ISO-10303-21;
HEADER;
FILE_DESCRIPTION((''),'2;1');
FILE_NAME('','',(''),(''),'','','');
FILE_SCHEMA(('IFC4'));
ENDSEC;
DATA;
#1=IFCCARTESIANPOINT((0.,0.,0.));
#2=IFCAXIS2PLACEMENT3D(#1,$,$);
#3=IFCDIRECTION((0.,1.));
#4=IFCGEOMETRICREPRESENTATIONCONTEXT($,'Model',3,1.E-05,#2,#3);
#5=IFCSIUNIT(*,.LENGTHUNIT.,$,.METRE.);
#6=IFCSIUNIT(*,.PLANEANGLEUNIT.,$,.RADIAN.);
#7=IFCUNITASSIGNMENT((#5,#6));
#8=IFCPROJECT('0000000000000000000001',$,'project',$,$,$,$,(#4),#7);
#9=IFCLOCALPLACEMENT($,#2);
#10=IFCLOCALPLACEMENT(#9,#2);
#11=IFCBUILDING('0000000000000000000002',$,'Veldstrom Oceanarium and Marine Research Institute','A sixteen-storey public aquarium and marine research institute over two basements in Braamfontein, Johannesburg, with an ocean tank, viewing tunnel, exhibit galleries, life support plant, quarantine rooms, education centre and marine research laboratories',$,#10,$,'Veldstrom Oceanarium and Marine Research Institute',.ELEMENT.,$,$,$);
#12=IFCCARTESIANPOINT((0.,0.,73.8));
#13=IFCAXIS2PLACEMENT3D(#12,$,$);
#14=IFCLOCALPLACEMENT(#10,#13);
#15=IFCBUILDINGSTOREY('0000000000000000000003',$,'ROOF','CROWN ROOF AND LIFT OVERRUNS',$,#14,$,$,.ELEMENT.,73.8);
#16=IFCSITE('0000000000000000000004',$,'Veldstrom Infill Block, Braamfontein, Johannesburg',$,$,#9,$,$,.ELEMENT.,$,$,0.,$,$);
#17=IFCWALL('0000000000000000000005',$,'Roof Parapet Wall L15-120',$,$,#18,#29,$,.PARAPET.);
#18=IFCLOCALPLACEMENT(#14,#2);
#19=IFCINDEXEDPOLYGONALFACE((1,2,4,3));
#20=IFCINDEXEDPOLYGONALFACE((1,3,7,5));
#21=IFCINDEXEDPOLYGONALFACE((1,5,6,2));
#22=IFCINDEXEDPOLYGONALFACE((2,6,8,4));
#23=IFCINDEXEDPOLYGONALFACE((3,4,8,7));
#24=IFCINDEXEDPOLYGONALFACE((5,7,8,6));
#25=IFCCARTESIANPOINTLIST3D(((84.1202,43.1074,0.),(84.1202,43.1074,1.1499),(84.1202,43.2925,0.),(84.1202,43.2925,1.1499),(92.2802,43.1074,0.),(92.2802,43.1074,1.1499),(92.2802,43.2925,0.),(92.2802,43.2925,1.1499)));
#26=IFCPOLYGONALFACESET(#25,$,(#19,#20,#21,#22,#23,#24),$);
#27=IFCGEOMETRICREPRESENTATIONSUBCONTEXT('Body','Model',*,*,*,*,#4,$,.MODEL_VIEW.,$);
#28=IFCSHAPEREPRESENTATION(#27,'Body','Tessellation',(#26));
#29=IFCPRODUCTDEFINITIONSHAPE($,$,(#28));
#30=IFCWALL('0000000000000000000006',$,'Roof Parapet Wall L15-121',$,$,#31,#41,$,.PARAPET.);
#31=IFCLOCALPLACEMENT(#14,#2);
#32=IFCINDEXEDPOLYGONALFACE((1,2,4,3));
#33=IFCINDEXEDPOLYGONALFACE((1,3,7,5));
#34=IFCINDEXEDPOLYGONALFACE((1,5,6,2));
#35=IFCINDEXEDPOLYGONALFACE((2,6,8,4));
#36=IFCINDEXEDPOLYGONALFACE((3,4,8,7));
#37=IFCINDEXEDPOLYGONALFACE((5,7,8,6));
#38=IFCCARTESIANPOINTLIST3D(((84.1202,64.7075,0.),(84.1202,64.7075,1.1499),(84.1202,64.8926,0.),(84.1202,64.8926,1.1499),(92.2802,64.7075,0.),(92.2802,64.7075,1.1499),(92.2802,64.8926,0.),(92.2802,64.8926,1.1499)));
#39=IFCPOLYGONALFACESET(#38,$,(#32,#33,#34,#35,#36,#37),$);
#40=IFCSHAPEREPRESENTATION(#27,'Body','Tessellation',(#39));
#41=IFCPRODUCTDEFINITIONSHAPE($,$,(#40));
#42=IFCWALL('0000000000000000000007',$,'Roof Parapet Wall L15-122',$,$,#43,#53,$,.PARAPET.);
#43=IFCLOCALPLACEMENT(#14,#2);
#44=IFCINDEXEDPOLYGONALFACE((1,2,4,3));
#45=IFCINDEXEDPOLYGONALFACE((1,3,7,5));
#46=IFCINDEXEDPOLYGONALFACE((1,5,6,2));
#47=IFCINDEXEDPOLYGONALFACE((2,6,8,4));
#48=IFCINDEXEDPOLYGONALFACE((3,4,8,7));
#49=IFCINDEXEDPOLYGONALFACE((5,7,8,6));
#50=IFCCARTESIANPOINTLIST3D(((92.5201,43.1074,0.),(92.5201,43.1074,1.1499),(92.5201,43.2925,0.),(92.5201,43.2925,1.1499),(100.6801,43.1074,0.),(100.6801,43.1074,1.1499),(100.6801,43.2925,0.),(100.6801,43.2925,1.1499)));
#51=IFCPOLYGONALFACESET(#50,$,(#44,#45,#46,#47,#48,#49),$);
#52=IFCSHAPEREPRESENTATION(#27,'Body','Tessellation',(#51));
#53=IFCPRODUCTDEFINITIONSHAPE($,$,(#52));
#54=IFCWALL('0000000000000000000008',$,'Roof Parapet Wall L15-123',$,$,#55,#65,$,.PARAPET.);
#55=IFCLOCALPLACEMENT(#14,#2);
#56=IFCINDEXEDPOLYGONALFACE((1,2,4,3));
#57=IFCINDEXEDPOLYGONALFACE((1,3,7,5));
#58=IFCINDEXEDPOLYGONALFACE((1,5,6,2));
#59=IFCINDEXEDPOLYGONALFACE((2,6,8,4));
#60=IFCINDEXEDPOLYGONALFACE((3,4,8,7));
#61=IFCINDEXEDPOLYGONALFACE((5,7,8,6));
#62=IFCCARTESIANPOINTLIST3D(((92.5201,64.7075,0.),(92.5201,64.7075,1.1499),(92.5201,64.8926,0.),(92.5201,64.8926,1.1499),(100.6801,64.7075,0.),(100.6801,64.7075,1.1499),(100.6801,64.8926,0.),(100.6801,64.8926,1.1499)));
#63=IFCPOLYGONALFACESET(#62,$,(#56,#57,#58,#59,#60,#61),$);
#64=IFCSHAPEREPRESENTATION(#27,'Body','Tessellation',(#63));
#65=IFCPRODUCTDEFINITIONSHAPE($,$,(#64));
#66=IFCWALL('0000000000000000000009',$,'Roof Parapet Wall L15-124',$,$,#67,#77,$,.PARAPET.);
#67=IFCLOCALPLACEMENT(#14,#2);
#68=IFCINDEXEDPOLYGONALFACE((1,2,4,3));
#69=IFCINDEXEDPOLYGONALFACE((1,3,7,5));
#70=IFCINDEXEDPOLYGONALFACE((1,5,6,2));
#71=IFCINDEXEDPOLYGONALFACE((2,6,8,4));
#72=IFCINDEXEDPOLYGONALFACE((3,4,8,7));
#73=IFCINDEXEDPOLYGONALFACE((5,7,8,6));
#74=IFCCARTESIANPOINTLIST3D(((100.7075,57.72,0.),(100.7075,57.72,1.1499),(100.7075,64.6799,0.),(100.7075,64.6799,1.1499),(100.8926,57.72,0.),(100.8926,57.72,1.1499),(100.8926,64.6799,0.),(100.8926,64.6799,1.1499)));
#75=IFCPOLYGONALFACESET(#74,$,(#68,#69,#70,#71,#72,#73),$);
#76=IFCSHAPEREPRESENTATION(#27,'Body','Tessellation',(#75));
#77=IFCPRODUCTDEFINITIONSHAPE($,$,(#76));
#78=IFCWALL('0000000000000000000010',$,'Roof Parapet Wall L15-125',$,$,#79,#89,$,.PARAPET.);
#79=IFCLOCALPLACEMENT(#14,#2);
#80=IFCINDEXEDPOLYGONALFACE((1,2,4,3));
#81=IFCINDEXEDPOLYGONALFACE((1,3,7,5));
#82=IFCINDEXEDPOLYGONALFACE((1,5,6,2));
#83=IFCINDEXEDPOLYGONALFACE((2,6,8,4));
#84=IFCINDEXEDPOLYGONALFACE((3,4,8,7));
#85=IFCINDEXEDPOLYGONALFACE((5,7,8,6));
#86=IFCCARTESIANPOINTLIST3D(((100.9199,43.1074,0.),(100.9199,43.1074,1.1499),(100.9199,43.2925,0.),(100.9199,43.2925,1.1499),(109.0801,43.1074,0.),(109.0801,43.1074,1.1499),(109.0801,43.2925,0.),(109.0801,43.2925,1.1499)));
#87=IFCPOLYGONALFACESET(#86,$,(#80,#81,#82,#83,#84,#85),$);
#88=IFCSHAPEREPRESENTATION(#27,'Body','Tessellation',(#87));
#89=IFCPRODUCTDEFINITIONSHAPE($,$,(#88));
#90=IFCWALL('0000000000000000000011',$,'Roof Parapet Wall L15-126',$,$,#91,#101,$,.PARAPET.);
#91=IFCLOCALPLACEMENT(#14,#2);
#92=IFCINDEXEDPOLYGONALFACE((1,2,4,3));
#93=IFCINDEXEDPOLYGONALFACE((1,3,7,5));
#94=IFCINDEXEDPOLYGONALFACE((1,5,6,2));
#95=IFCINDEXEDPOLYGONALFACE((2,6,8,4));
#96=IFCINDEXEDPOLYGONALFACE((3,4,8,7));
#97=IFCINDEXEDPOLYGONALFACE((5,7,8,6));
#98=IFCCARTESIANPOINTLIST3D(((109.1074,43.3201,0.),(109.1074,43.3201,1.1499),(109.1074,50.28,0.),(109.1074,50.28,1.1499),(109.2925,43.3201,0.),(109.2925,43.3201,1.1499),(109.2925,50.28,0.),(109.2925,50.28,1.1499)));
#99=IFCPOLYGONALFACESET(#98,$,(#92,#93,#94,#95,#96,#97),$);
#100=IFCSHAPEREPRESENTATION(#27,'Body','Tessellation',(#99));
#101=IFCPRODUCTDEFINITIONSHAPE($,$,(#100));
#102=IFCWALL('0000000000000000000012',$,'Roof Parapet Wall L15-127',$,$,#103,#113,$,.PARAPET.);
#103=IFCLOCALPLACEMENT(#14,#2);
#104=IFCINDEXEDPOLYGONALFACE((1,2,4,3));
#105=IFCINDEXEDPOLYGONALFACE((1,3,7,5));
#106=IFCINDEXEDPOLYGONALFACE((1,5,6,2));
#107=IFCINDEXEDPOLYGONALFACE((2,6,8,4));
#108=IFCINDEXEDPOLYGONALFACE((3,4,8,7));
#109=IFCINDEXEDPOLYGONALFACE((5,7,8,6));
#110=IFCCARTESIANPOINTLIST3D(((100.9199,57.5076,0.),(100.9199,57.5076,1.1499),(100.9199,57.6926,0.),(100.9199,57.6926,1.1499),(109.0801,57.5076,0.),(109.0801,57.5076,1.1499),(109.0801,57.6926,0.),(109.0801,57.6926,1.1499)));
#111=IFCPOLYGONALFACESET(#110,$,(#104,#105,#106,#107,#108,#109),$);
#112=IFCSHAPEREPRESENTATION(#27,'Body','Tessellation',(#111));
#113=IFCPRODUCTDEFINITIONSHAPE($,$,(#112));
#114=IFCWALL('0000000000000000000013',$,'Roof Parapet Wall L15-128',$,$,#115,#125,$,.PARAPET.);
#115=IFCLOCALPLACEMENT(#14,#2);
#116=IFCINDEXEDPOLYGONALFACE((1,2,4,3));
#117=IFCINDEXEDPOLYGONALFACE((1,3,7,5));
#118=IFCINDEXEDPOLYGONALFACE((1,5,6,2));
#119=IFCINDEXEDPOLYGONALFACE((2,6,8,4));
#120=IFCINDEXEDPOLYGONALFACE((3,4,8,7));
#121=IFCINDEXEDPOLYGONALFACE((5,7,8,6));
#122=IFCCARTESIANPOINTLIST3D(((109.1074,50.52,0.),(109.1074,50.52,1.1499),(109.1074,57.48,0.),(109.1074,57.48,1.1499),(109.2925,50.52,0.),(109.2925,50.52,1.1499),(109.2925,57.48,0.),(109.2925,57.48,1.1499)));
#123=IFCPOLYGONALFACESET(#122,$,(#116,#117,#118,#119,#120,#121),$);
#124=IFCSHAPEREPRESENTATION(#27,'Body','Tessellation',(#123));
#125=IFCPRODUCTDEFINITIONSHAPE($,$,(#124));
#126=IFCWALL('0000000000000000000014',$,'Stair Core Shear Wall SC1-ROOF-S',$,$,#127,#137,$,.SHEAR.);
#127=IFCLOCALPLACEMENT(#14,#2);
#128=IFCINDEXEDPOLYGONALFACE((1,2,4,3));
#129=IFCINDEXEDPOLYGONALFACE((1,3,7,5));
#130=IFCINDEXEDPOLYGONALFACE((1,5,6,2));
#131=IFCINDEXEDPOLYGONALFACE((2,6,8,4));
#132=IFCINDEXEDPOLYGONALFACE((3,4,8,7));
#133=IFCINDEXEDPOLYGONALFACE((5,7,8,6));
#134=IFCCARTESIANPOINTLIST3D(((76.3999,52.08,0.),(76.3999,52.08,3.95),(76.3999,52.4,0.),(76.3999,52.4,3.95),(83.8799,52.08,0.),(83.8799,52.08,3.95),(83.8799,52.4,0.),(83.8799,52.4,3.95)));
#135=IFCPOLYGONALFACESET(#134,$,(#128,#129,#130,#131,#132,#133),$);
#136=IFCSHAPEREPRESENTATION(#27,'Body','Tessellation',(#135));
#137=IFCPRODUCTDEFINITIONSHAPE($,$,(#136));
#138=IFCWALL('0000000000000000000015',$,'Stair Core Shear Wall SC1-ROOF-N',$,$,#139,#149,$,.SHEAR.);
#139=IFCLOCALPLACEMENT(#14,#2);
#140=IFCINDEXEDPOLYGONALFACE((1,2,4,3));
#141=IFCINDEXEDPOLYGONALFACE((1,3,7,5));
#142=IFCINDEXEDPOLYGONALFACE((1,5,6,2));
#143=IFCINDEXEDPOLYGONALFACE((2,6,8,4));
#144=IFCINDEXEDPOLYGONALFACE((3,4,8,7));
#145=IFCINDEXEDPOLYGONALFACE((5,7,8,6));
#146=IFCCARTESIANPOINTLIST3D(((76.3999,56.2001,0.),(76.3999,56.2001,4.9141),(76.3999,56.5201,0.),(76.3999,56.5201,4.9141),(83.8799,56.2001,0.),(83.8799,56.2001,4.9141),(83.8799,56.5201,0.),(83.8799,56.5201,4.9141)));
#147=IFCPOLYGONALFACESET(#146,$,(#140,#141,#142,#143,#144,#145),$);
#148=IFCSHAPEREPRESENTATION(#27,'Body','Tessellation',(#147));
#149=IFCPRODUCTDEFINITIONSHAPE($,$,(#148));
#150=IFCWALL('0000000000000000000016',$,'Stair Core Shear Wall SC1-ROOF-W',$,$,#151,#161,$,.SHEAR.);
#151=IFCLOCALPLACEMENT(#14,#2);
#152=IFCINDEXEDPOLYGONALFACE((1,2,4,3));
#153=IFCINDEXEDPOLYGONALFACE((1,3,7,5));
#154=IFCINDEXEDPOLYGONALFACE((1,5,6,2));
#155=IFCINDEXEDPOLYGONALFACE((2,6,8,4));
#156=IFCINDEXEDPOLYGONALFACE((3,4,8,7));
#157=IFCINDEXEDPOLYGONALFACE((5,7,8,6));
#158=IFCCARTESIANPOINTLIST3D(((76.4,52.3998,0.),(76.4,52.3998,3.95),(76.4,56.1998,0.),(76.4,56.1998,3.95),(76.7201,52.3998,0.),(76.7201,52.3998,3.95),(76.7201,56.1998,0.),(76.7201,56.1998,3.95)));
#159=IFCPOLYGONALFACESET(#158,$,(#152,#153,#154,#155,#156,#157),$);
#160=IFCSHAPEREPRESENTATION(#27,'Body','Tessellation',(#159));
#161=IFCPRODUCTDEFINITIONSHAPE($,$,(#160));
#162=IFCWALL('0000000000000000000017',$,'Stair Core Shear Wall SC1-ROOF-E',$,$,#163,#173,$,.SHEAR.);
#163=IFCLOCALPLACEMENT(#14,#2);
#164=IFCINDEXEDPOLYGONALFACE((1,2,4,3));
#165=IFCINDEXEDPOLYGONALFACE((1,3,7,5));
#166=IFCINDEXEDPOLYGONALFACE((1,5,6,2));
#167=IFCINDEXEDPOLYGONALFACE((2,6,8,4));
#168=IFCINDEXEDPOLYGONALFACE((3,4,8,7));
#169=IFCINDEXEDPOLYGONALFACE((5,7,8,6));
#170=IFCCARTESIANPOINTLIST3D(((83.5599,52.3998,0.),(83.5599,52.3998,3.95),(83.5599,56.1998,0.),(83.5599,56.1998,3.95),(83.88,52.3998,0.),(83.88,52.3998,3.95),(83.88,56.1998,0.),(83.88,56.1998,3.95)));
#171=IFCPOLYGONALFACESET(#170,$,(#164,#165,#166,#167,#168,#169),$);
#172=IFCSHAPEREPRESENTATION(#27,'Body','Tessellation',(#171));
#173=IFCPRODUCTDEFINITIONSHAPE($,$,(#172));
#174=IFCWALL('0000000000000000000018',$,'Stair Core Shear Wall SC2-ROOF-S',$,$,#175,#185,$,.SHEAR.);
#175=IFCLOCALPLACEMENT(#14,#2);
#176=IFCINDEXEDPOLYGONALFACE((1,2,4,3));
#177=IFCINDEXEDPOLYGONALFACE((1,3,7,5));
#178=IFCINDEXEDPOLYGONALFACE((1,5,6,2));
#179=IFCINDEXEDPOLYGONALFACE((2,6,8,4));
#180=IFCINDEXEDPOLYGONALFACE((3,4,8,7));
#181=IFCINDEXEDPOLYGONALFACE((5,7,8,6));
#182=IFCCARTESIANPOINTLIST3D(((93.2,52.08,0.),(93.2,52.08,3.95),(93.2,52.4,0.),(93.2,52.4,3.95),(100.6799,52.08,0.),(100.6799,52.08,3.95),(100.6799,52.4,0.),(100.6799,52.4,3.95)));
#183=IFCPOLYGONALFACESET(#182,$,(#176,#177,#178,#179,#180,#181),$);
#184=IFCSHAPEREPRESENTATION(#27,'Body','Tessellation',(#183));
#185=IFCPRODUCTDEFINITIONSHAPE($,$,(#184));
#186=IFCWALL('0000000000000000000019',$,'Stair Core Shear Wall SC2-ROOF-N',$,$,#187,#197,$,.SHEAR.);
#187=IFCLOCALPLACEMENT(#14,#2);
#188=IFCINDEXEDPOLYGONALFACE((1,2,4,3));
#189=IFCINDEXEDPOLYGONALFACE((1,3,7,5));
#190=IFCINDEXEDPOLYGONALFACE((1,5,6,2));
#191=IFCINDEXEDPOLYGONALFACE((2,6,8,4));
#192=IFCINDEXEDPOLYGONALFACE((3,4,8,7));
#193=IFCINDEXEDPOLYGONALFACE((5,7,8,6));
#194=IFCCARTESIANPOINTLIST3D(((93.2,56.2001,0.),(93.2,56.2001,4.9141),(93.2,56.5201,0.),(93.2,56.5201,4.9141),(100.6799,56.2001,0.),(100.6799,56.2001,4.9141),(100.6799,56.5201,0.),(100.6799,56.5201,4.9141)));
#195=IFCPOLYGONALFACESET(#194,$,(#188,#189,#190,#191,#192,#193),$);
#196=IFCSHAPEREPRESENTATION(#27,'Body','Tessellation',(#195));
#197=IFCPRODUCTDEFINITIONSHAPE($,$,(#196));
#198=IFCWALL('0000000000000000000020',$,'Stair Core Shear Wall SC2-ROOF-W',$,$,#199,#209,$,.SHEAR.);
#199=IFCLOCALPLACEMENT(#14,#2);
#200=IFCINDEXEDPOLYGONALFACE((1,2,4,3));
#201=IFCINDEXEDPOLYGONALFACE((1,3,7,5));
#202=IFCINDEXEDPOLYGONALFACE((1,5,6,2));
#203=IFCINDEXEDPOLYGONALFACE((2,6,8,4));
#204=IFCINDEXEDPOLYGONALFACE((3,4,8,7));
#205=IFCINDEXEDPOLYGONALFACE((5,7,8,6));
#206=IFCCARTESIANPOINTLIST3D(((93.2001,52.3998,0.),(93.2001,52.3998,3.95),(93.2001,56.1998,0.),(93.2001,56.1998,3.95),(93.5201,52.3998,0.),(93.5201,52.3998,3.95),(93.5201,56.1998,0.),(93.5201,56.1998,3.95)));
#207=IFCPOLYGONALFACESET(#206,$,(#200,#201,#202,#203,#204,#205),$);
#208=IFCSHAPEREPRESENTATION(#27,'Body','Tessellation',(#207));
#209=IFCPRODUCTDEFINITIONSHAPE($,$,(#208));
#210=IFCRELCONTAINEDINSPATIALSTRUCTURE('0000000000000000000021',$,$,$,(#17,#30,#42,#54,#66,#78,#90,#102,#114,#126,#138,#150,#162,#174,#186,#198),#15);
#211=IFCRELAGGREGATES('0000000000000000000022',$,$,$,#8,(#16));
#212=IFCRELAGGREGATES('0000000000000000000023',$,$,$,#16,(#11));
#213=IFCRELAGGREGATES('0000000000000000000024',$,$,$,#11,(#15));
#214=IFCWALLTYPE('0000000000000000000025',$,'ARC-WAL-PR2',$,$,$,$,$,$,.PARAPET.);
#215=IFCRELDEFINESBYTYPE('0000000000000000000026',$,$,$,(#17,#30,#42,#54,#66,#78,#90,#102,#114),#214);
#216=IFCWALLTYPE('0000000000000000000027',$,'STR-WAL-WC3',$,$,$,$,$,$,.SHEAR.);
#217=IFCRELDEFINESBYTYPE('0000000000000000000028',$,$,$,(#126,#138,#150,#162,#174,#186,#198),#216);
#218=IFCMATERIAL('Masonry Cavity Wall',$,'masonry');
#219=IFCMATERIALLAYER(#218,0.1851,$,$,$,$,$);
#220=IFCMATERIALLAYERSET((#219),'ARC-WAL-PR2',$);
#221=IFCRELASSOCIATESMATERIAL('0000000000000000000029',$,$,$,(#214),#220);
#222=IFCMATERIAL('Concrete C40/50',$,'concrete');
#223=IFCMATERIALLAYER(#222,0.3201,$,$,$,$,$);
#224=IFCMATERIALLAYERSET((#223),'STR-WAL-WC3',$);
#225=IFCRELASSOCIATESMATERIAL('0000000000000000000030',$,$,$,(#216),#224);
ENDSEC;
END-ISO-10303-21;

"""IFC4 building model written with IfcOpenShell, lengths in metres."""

from ifc_helpers import new_model, si_unit, direction, frame, frame_2d, origin, place, context, subcontext, project, spatial, rectangle, extrude, material, layer, layer_set, type_object, element, save


model = new_model("IFC4")

# Units and contexts
model_context = context("Model", 3, precision=1e-05, world=origin(), true_north=direction((0.0, 1.0)))
body_context = subcontext(model_context, "Body", "Model", "MODEL_VIEW")
ifc_project = project(units=[si_unit("LENGTHUNIT", "METRE"), si_unit("PLANEANGLEUNIT", "RADIAN")], contexts=[model_context])

# Site, building, storey
site_placement = place(None, origin())
site = spatial("IfcSite", under=ifc_project, at=site_placement, Name="Veldstrom Infill Block, Braamfontein, Johannesburg", CompositionType="ELEMENT", RefElevation=0.0)
building_placement = place(site_placement, origin())
building = spatial("IfcBuilding", under=site, at=building_placement, Name="Veldstrom Oceanarium and Marine Research Institute", Description="A sixteen-storey public aquarium and marine research institute over two basements in Braamfontein, Johannesburg, with an ocean tank, viewing tunnel, exhibit galleries, life support plant, quarantine rooms, education centre and marine research laboratories", LongName="Veldstrom Oceanarium and Marine Research Institute", CompositionType="ELEMENT")
storey_placement = place(building_placement, frame((0.0, 0.0, 73.8)))
storey = spatial("IfcBuildingStorey", under=building, at=storey_placement, Name="ROOF", Description="CROWN ROOF AND LIFT OVERRUNS", CompositionType="ELEMENT", Elevation=73.8)

# Walls
ifc_material_1 = material(Name="Masonry Cavity Wall", Category="masonry")
ifc_layer_1 = layer(ifc_material_1, 0.1851)
ifc_layer_set_1 = layer_set([ifc_layer_1], Name="ARC-WAL-PR2")
wall_type_1 = type_object("IfcWallType", Name="ARC-WAL-PR2", PredefinedType="PARAPET", material=ifc_layer_set_1)
for number, where, z_axis, x_axis, name in (
    (1, (84.1201, 43.2, 0.0), (0.0, 0.0, 1.0), (1.0, 0.0, 0.0), "Roof Parapet Wall L15-120"),
    (2, (84.1201, 64.8, 0.0), (0.0, 0.0, 1.0), (1.0, 0.0, 0.0), "Roof Parapet Wall L15-121"),
    (3, (92.52, 43.2, 0.0), (0.0, 0.0, 1.0), (1.0, 0.0, 0.0), "Roof Parapet Wall L15-122"),
    (4, (92.52, 64.8, 0.0), (0.0, 0.0, 1.0), (1.0, 0.0, 0.0), "Roof Parapet Wall L15-123"),
):
    element("IfcWall", number, at=place(storey_placement, frame(where, z_axis=z_axis, x_axis=x_axis)), inside=storey, type_object=wall_type_1, Name=name, PredefinedType="PARAPET", context=body_context, shape_type="SweptSolid", body=[
        extrude(rectangle(XDim=8.1599, YDim=0.1851, at=frame_2d((4.0801, 0.0))), origin(), (0.0, 0.0, 1.0), 1.1499),
    ])
wall_1_placement = place(storey_placement, frame((100.8, 57.72, 0.0), z_axis=(0.0, 0.0, 1.0), x_axis=(0.0, 1.0, 0.0)))
element("IfcWall", 5, at=wall_1_placement, inside=storey, type_object=wall_type_1, Name="Roof Parapet Wall L15-124", PredefinedType="PARAPET", context=body_context, shape_type="SweptSolid", body=[
    extrude(rectangle(XDim=6.96, YDim=0.1851, at=frame_2d((3.48, 0.0))), origin(), (0.0, 0.0, 1.0), 1.1499),
])
wall_2_placement = place(storey_placement, frame((100.9199, 43.2, 0.0), z_axis=(0.0, 0.0, 1.0), x_axis=(1.0, 0.0, 0.0)))
element("IfcWall", 6, at=wall_2_placement, inside=storey, type_object=wall_type_1, Name="Roof Parapet Wall L15-125", PredefinedType="PARAPET", context=body_context, shape_type="SweptSolid", body=[
    extrude(rectangle(XDim=8.1602, YDim=0.1851, at=frame_2d((4.0801, 0.0))), origin(), (0.0, 0.0, 1.0), 1.1499),
])
wall_3_placement = place(storey_placement, frame((109.2, 43.3201, 0.0), z_axis=(0.0, 0.0, 1.0), x_axis=(0.0, 1.0, 0.0)))
element("IfcWall", 7, at=wall_3_placement, inside=storey, type_object=wall_type_1, Name="Roof Parapet Wall L15-126", PredefinedType="PARAPET", context=body_context, shape_type="SweptSolid", body=[
    extrude(rectangle(XDim=6.96, YDim=0.1851, at=frame_2d((3.48, 0.0))), origin(), (0.0, 0.0, 1.0), 1.1499),
])
wall_4_placement = place(storey_placement, frame((100.9199, 57.6001, 0.0), z_axis=(0.0, 0.0, 1.0), x_axis=(1.0, 0.0, 0.0)))
element("IfcWall", 8, at=wall_4_placement, inside=storey, type_object=wall_type_1, Name="Roof Parapet Wall L15-127", PredefinedType="PARAPET", context=body_context, shape_type="SweptSolid", body=[
    extrude(rectangle(XDim=8.1602, YDim=0.1851, at=frame_2d((4.0801, 0.0))), origin(), (0.0, 0.0, 1.0), 1.1499),
])
wall_5_placement = place(storey_placement, frame((109.2, 50.52, 0.0), z_axis=(0.0, 0.0, 1.0), x_axis=(0.0, 1.0, 0.0)))
element("IfcWall", 9, at=wall_5_placement, inside=storey, type_object=wall_type_1, Name="Roof Parapet Wall L15-128", PredefinedType="PARAPET", context=body_context, shape_type="SweptSolid", body=[
    extrude(rectangle(XDim=6.96, YDim=0.1851, at=frame_2d((3.48, 0.0))), origin(), (0.0, 0.0, 1.0), 1.1499),
])
ifc_material_2 = material(Name="Concrete C40/50", Category="concrete")
ifc_layer_2 = layer(ifc_material_2, 0.3201)
ifc_layer_set_2 = layer_set([ifc_layer_2], Name="STR-WAL-WC3")
wall_type_2 = type_object("IfcWallType", Name="STR-WAL-WC3", PredefinedType="SHEAR", material=ifc_layer_set_2)
wall_6_placement = place(storey_placement, frame((76.3999, 52.24, 0.0), z_axis=(0.0, 0.0, 1.0), x_axis=(1.0, 0.0, 0.0)))
element("IfcWall", 10, at=wall_6_placement, inside=storey, type_object=wall_type_2, Name="Stair Core Shear Wall SC1-ROOF-S", PredefinedType="SHEAR", context=body_context, shape_type="SweptSolid", body=[
    extrude(rectangle(XDim=7.48, YDim=0.3201, at=frame_2d((3.74, 0.0))), origin(), (0.0, 0.0, 1.0), 3.95),
])
wall_7_placement = place(storey_placement, frame((76.3999, 56.3601, 0.0), z_axis=(0.0, 0.0, 1.0), x_axis=(1.0, 0.0, 0.0)))
element("IfcWall", 11, at=wall_7_placement, inside=storey, type_object=wall_type_2, Name="Stair Core Shear Wall SC1-ROOF-N", PredefinedType="SHEAR", context=body_context, shape_type="SweptSolid", body=[
    extrude(rectangle(XDim=7.48, YDim=0.3201, at=frame_2d((3.74, 0.0))), origin(), (0.0, 0.0, 1.0), 4.9141),
])
for number, where, z_axis, x_axis, name in (
    (12, (76.5601, 52.3999, 0.0), (0.0, 0.0, 1.0), (0.0, 1.0, 0.0), "Stair Core Shear Wall SC1-ROOF-W"),
    (13, (83.72, 52.3999, 0.0), (0.0, 0.0, 1.0), (0.0, 1.0, 0.0), "Stair Core Shear Wall SC1-ROOF-E"),
):
    element("IfcWall", number, at=place(storey_placement, frame(where, z_axis=z_axis, x_axis=x_axis)), inside=storey, type_object=wall_type_2, Name=name, PredefinedType="SHEAR", context=body_context, shape_type="SweptSolid", body=[
        extrude(rectangle(XDim=3.8, YDim=0.3201, at=frame_2d((1.8999, 0.0))), origin(), (0.0, 0.0, 1.0), 3.95),
    ])
wall_8_placement = place(storey_placement, frame((93.2, 52.24, 0.0), z_axis=(0.0, 0.0, 1.0), x_axis=(1.0, 0.0, 0.0)))
element("IfcWall", 14, at=wall_8_placement, inside=storey, type_object=wall_type_2, Name="Stair Core Shear Wall SC2-ROOF-S", PredefinedType="SHEAR", context=body_context, shape_type="SweptSolid", body=[
    extrude(rectangle(XDim=7.48, YDim=0.3201, at=frame_2d((3.74, 0.0))), origin(), (0.0, 0.0, 1.0), 3.95),
])
wall_9_placement = place(storey_placement, frame((93.2, 56.3601, 0.0), z_axis=(0.0, 0.0, 1.0), x_axis=(1.0, 0.0, 0.0)))
element("IfcWall", 15, at=wall_9_placement, inside=storey, type_object=wall_type_2, Name="Stair Core Shear Wall SC2-ROOF-N", PredefinedType="SHEAR", context=body_context, shape_type="SweptSolid", body=[
    extrude(rectangle(XDim=7.48, YDim=0.3201, at=frame_2d((3.74, 0.0))), origin(), (0.0, 0.0, 1.0), 4.9141),
])
for number, where, z_axis, x_axis, name in (
    (16, (93.3601, 52.3999, 0.0), (0.0, 0.0, 1.0), (0.0, 1.0, 0.0), "Stair Core Shear Wall SC2-ROOF-W"),
):
    element("IfcWall", number, at=place(storey_placement, frame(where, z_axis=z_axis, x_axis=x_axis)), inside=storey, type_object=wall_type_2, Name=name, PredefinedType="SHEAR", context=body_context, shape_type="SweptSolid", body=[
        extrude(rectangle(XDim=3.8, YDim=0.3201, at=frame_2d((1.8999, 0.0))), origin(), (0.0, 0.0, 1.0), 3.95),
    ])

save(model, "model.ifc")
